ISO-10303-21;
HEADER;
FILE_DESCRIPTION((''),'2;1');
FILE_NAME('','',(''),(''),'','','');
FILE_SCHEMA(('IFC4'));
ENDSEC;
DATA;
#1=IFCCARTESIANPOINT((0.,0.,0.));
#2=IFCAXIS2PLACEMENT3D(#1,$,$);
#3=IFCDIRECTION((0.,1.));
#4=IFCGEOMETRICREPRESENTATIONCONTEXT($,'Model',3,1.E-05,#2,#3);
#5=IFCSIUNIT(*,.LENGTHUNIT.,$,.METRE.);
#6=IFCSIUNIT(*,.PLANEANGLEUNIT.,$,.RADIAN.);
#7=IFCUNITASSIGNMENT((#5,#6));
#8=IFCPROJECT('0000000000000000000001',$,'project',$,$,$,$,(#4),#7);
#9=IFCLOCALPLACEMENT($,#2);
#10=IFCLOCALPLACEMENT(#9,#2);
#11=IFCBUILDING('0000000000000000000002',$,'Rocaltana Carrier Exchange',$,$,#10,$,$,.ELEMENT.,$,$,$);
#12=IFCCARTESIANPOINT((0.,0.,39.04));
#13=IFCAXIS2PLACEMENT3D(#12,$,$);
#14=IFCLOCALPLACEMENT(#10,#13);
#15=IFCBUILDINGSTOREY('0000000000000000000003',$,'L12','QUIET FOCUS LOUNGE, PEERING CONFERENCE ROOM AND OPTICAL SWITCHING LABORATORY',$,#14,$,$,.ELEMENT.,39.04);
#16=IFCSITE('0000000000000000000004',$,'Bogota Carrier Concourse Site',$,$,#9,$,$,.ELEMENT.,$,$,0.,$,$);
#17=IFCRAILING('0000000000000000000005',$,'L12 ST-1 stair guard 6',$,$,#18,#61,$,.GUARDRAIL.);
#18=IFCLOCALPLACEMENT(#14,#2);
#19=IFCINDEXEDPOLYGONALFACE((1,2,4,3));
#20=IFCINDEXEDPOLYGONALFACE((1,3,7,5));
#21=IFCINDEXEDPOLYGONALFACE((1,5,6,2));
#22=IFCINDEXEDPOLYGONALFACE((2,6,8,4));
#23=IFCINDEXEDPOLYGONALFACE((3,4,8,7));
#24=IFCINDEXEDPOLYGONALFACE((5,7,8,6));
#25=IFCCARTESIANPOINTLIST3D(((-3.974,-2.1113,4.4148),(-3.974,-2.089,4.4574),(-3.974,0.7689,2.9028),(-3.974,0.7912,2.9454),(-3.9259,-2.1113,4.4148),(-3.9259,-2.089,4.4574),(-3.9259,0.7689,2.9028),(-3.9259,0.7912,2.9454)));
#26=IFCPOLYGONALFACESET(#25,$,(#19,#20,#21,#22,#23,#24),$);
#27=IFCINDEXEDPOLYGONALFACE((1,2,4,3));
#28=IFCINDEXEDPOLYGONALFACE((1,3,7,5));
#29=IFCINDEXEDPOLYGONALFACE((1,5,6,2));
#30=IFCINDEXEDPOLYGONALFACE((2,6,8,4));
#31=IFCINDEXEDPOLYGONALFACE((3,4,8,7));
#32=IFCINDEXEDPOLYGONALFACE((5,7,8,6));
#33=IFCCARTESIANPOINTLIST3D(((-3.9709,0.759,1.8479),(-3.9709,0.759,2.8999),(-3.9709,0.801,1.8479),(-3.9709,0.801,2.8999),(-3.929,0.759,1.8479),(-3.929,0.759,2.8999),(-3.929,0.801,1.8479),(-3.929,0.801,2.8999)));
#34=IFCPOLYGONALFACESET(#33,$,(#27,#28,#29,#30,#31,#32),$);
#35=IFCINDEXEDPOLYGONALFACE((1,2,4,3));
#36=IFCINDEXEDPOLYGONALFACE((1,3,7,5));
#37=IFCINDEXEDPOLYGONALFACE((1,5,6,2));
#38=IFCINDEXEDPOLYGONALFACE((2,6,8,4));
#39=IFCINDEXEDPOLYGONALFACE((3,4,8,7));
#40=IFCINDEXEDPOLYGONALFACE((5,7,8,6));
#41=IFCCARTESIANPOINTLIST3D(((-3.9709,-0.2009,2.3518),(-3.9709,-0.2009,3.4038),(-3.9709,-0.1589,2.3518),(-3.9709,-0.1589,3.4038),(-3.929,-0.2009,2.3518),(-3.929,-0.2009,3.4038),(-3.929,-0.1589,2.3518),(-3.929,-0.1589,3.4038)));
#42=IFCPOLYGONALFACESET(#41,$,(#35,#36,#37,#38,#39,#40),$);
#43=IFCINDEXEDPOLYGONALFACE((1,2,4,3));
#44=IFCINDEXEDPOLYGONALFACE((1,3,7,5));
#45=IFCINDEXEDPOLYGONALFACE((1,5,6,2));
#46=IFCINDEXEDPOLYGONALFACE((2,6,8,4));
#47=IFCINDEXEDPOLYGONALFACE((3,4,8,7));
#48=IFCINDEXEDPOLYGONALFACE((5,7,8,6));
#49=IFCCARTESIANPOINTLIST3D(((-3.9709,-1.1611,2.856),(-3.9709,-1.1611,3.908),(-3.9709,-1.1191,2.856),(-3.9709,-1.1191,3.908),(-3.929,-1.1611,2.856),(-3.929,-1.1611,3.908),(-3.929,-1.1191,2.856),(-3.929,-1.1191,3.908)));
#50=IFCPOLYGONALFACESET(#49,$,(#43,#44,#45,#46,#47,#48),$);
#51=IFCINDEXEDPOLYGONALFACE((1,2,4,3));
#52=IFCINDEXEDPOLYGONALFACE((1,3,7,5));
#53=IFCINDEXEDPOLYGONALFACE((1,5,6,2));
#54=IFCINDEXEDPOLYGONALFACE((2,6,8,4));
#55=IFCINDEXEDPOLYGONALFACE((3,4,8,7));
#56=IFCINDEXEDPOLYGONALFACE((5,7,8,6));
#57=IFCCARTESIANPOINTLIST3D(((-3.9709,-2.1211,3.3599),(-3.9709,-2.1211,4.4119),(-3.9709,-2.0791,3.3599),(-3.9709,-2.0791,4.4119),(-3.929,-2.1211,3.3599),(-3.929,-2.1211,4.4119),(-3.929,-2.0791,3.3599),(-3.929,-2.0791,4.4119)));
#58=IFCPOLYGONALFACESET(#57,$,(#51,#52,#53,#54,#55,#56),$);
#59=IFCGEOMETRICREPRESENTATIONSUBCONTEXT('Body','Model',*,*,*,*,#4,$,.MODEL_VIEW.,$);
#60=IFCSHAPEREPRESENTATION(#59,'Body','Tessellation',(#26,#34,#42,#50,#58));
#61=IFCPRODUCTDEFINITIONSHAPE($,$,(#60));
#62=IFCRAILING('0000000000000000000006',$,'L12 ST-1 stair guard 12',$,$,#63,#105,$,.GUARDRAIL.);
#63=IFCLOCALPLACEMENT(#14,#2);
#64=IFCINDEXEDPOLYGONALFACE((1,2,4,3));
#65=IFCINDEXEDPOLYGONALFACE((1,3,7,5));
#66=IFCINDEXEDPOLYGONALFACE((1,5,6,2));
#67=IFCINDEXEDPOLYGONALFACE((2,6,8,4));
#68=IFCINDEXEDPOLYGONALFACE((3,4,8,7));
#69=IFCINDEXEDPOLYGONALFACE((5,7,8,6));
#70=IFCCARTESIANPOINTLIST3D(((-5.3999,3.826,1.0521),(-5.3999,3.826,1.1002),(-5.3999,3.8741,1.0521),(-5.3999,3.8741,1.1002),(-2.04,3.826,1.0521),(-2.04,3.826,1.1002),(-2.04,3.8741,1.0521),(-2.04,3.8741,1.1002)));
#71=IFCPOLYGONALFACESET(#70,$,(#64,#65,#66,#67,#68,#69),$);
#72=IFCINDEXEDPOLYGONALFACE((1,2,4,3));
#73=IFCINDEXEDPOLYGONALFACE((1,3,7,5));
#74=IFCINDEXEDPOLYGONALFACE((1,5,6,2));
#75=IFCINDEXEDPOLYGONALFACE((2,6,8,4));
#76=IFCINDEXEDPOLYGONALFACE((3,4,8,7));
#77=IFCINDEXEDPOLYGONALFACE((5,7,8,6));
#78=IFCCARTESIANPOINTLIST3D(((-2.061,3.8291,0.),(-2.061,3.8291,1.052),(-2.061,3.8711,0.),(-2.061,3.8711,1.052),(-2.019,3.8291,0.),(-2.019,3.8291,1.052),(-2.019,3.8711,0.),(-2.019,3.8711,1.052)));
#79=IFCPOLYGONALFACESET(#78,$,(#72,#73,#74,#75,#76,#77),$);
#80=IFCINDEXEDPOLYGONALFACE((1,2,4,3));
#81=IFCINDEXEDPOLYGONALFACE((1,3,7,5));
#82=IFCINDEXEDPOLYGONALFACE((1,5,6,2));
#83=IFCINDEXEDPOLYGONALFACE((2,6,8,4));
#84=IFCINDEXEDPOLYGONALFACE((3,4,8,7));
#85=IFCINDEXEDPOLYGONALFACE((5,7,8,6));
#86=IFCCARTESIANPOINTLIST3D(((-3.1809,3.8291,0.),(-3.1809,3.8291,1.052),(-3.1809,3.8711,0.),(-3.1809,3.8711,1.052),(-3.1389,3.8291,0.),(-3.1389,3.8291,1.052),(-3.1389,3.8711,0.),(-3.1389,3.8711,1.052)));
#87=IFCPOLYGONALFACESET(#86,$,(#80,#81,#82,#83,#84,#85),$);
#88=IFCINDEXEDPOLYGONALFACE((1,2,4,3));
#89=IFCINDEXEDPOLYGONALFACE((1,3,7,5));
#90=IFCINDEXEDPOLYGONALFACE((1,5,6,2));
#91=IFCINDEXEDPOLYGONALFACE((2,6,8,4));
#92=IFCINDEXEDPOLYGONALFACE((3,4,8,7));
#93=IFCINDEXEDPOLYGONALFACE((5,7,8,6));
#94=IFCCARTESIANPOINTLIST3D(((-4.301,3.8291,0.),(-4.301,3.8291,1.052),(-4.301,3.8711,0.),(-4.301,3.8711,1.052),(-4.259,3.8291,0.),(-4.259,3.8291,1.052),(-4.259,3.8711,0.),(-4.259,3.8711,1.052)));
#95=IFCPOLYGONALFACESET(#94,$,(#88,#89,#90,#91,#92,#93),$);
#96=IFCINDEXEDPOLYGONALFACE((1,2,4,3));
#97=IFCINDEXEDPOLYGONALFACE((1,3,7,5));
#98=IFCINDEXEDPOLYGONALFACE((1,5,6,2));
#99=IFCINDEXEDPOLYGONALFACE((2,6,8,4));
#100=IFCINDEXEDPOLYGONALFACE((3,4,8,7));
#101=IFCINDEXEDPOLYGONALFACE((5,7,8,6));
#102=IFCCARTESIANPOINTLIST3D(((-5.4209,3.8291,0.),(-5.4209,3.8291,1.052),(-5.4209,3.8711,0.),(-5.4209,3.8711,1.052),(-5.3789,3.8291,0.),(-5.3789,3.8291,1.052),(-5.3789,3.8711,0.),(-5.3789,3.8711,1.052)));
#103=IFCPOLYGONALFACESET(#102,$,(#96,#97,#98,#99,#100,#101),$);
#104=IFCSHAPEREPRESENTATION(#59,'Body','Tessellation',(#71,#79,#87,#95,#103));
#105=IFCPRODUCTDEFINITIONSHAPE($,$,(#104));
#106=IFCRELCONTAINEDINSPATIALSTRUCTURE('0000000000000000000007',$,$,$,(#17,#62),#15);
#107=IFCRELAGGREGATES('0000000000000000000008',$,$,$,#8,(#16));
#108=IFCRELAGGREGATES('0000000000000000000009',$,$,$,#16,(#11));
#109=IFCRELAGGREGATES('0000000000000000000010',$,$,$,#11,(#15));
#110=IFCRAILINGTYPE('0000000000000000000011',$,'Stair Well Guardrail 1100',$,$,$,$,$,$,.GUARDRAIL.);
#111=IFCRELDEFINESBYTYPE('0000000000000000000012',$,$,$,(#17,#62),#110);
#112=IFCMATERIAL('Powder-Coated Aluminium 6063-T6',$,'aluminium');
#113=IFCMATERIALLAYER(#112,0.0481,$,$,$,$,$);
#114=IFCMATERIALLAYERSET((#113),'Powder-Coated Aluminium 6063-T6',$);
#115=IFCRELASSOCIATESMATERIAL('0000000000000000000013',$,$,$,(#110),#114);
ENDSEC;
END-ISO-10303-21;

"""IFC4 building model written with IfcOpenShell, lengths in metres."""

from ifc_helpers import new_model, si_unit, direction, frame, origin, origin_2d, place, context, subcontext, project, spatial, rectangle, extrude, material, layer, layer_set, type_object, element, save


model = new_model("IFC4")

# Units and contexts
model_context = context("Model", 3, precision=1e-05, world=origin(), true_north=direction((0.0, 1.0)))
body_context = subcontext(model_context, "Body", "Model", "MODEL_VIEW")
ifc_project = project(units=[si_unit("LENGTHUNIT", "METRE"), si_unit("PLANEANGLEUNIT", "RADIAN")], contexts=[model_context])

# Site, building, storey
site_placement = place(None, origin())
site = spatial("IfcSite", under=ifc_project, at=site_placement, Name="Bogota Carrier Concourse Site", CompositionType="ELEMENT", RefElevation=0.0)
building_placement = place(site_placement, origin())
building = spatial("IfcBuilding", under=site, at=building_placement, Name="Rocaltana Carrier Exchange", CompositionType="ELEMENT")
storey_placement = place(building_placement, frame((0.0, 0.0, 39.04)))
storey = spatial("IfcBuildingStorey", under=building, at=storey_placement, Name="L12", Description="QUIET FOCUS LOUNGE, PEERING CONFERENCE ROOM AND OPTICAL SWITCHING LABORATORY", CompositionType="ELEMENT", Elevation=39.04)

# Railings
ifc_material_1 = material(Name="Powder-Coated Aluminium 6063-T6", Category="aluminium")
ifc_layer_1 = layer(ifc_material_1, 0.0481)
ifc_layer_set_1 = layer_set([ifc_layer_1], Name="Powder-Coated Aluminium 6063-T6")
railing_type_1 = type_object("IfcRailingType", Name="Stair Well Guardrail 1100", PredefinedType="GUARDRAIL", material=ifc_layer_set_1)
railing_1_placement = place(storey_placement, frame((-3.95, 0.78, 1.8479)))
element("IfcRailing", 1, at=railing_1_placement, inside=storey, type_object=railing_type_1, Name="L12 ST-1 stair guard 6", PredefinedType="GUARDRAIL", context=body_context, shape_type="SweptSolid", body=[
    extrude(rectangle(XDim=0.0481, YDim=0.0481, at=origin_2d()), frame((0.0, 0.0, 1.0762), z_axis=(0.0, -0.885411, 0.464809), x_axis=(1.0, 0.0, 0.0)), (0.0, 0.0, 1.0), 3.2529),
    extrude(rectangle(XDim=0.042, YDim=0.042, at=origin_2d()), origin(), (0.0, 0.0, 1.0), 1.052),
    extrude(rectangle(XDim=0.042, YDim=0.042, at=origin_2d()), frame((0.0, -0.96, 0.5039)), (0.0, 0.0, 1.0), 1.052),
    extrude(rectangle(XDim=0.042, YDim=0.042, at=origin_2d()), frame((0.0, -1.9202, 1.0081)), (0.0, 0.0, 1.0), 1.052),
    extrude(rectangle(XDim=0.042, YDim=0.042, at=origin_2d()), frame((0.0, -2.8801, 1.512)), (0.0, 0.0, 1.0), 1.052),
])
railing_2_placement = place(storey_placement, frame((-2.04, 3.8501, 0.0)))
element("IfcRailing", 2, at=railing_2_placement, inside=storey, type_object=railing_type_1, Name="L12 ST-1 stair guard 12", PredefinedType="GUARDRAIL", context=body_context, shape_type="SweptSolid", body=[
    extrude(rectangle(XDim=0.0481, YDim=0.0481, at=origin_2d()), frame((0.0, 0.0, 1.0762), z_axis=(-1.0, 0.0, 0.0), x_axis=(0.0, -1.0, 0.0)), (0.0, 0.0, 1.0), 3.3599),
    extrude(rectangle(XDim=0.042, YDim=0.042, at=origin_2d()), origin(), (0.0, 0.0, 1.0), 1.052),
    extrude(rectangle(XDim=0.042, YDim=0.042, at=origin_2d()), frame((-1.1199, 0.0, 0.0)), (0.0, 0.0, 1.0), 1.052),
    extrude(rectangle(XDim=0.042, YDim=0.042, at=origin_2d()), frame((-2.24, 0.0, 0.0)), (0.0, 0.0, 1.0), 1.052),
    extrude(rectangle(XDim=0.042, YDim=0.042, at=origin_2d()), frame((-3.3599, 0.0, 0.0)), (0.0, 0.0, 1.0), 1.052),
])

save(model, "model.ifc")
